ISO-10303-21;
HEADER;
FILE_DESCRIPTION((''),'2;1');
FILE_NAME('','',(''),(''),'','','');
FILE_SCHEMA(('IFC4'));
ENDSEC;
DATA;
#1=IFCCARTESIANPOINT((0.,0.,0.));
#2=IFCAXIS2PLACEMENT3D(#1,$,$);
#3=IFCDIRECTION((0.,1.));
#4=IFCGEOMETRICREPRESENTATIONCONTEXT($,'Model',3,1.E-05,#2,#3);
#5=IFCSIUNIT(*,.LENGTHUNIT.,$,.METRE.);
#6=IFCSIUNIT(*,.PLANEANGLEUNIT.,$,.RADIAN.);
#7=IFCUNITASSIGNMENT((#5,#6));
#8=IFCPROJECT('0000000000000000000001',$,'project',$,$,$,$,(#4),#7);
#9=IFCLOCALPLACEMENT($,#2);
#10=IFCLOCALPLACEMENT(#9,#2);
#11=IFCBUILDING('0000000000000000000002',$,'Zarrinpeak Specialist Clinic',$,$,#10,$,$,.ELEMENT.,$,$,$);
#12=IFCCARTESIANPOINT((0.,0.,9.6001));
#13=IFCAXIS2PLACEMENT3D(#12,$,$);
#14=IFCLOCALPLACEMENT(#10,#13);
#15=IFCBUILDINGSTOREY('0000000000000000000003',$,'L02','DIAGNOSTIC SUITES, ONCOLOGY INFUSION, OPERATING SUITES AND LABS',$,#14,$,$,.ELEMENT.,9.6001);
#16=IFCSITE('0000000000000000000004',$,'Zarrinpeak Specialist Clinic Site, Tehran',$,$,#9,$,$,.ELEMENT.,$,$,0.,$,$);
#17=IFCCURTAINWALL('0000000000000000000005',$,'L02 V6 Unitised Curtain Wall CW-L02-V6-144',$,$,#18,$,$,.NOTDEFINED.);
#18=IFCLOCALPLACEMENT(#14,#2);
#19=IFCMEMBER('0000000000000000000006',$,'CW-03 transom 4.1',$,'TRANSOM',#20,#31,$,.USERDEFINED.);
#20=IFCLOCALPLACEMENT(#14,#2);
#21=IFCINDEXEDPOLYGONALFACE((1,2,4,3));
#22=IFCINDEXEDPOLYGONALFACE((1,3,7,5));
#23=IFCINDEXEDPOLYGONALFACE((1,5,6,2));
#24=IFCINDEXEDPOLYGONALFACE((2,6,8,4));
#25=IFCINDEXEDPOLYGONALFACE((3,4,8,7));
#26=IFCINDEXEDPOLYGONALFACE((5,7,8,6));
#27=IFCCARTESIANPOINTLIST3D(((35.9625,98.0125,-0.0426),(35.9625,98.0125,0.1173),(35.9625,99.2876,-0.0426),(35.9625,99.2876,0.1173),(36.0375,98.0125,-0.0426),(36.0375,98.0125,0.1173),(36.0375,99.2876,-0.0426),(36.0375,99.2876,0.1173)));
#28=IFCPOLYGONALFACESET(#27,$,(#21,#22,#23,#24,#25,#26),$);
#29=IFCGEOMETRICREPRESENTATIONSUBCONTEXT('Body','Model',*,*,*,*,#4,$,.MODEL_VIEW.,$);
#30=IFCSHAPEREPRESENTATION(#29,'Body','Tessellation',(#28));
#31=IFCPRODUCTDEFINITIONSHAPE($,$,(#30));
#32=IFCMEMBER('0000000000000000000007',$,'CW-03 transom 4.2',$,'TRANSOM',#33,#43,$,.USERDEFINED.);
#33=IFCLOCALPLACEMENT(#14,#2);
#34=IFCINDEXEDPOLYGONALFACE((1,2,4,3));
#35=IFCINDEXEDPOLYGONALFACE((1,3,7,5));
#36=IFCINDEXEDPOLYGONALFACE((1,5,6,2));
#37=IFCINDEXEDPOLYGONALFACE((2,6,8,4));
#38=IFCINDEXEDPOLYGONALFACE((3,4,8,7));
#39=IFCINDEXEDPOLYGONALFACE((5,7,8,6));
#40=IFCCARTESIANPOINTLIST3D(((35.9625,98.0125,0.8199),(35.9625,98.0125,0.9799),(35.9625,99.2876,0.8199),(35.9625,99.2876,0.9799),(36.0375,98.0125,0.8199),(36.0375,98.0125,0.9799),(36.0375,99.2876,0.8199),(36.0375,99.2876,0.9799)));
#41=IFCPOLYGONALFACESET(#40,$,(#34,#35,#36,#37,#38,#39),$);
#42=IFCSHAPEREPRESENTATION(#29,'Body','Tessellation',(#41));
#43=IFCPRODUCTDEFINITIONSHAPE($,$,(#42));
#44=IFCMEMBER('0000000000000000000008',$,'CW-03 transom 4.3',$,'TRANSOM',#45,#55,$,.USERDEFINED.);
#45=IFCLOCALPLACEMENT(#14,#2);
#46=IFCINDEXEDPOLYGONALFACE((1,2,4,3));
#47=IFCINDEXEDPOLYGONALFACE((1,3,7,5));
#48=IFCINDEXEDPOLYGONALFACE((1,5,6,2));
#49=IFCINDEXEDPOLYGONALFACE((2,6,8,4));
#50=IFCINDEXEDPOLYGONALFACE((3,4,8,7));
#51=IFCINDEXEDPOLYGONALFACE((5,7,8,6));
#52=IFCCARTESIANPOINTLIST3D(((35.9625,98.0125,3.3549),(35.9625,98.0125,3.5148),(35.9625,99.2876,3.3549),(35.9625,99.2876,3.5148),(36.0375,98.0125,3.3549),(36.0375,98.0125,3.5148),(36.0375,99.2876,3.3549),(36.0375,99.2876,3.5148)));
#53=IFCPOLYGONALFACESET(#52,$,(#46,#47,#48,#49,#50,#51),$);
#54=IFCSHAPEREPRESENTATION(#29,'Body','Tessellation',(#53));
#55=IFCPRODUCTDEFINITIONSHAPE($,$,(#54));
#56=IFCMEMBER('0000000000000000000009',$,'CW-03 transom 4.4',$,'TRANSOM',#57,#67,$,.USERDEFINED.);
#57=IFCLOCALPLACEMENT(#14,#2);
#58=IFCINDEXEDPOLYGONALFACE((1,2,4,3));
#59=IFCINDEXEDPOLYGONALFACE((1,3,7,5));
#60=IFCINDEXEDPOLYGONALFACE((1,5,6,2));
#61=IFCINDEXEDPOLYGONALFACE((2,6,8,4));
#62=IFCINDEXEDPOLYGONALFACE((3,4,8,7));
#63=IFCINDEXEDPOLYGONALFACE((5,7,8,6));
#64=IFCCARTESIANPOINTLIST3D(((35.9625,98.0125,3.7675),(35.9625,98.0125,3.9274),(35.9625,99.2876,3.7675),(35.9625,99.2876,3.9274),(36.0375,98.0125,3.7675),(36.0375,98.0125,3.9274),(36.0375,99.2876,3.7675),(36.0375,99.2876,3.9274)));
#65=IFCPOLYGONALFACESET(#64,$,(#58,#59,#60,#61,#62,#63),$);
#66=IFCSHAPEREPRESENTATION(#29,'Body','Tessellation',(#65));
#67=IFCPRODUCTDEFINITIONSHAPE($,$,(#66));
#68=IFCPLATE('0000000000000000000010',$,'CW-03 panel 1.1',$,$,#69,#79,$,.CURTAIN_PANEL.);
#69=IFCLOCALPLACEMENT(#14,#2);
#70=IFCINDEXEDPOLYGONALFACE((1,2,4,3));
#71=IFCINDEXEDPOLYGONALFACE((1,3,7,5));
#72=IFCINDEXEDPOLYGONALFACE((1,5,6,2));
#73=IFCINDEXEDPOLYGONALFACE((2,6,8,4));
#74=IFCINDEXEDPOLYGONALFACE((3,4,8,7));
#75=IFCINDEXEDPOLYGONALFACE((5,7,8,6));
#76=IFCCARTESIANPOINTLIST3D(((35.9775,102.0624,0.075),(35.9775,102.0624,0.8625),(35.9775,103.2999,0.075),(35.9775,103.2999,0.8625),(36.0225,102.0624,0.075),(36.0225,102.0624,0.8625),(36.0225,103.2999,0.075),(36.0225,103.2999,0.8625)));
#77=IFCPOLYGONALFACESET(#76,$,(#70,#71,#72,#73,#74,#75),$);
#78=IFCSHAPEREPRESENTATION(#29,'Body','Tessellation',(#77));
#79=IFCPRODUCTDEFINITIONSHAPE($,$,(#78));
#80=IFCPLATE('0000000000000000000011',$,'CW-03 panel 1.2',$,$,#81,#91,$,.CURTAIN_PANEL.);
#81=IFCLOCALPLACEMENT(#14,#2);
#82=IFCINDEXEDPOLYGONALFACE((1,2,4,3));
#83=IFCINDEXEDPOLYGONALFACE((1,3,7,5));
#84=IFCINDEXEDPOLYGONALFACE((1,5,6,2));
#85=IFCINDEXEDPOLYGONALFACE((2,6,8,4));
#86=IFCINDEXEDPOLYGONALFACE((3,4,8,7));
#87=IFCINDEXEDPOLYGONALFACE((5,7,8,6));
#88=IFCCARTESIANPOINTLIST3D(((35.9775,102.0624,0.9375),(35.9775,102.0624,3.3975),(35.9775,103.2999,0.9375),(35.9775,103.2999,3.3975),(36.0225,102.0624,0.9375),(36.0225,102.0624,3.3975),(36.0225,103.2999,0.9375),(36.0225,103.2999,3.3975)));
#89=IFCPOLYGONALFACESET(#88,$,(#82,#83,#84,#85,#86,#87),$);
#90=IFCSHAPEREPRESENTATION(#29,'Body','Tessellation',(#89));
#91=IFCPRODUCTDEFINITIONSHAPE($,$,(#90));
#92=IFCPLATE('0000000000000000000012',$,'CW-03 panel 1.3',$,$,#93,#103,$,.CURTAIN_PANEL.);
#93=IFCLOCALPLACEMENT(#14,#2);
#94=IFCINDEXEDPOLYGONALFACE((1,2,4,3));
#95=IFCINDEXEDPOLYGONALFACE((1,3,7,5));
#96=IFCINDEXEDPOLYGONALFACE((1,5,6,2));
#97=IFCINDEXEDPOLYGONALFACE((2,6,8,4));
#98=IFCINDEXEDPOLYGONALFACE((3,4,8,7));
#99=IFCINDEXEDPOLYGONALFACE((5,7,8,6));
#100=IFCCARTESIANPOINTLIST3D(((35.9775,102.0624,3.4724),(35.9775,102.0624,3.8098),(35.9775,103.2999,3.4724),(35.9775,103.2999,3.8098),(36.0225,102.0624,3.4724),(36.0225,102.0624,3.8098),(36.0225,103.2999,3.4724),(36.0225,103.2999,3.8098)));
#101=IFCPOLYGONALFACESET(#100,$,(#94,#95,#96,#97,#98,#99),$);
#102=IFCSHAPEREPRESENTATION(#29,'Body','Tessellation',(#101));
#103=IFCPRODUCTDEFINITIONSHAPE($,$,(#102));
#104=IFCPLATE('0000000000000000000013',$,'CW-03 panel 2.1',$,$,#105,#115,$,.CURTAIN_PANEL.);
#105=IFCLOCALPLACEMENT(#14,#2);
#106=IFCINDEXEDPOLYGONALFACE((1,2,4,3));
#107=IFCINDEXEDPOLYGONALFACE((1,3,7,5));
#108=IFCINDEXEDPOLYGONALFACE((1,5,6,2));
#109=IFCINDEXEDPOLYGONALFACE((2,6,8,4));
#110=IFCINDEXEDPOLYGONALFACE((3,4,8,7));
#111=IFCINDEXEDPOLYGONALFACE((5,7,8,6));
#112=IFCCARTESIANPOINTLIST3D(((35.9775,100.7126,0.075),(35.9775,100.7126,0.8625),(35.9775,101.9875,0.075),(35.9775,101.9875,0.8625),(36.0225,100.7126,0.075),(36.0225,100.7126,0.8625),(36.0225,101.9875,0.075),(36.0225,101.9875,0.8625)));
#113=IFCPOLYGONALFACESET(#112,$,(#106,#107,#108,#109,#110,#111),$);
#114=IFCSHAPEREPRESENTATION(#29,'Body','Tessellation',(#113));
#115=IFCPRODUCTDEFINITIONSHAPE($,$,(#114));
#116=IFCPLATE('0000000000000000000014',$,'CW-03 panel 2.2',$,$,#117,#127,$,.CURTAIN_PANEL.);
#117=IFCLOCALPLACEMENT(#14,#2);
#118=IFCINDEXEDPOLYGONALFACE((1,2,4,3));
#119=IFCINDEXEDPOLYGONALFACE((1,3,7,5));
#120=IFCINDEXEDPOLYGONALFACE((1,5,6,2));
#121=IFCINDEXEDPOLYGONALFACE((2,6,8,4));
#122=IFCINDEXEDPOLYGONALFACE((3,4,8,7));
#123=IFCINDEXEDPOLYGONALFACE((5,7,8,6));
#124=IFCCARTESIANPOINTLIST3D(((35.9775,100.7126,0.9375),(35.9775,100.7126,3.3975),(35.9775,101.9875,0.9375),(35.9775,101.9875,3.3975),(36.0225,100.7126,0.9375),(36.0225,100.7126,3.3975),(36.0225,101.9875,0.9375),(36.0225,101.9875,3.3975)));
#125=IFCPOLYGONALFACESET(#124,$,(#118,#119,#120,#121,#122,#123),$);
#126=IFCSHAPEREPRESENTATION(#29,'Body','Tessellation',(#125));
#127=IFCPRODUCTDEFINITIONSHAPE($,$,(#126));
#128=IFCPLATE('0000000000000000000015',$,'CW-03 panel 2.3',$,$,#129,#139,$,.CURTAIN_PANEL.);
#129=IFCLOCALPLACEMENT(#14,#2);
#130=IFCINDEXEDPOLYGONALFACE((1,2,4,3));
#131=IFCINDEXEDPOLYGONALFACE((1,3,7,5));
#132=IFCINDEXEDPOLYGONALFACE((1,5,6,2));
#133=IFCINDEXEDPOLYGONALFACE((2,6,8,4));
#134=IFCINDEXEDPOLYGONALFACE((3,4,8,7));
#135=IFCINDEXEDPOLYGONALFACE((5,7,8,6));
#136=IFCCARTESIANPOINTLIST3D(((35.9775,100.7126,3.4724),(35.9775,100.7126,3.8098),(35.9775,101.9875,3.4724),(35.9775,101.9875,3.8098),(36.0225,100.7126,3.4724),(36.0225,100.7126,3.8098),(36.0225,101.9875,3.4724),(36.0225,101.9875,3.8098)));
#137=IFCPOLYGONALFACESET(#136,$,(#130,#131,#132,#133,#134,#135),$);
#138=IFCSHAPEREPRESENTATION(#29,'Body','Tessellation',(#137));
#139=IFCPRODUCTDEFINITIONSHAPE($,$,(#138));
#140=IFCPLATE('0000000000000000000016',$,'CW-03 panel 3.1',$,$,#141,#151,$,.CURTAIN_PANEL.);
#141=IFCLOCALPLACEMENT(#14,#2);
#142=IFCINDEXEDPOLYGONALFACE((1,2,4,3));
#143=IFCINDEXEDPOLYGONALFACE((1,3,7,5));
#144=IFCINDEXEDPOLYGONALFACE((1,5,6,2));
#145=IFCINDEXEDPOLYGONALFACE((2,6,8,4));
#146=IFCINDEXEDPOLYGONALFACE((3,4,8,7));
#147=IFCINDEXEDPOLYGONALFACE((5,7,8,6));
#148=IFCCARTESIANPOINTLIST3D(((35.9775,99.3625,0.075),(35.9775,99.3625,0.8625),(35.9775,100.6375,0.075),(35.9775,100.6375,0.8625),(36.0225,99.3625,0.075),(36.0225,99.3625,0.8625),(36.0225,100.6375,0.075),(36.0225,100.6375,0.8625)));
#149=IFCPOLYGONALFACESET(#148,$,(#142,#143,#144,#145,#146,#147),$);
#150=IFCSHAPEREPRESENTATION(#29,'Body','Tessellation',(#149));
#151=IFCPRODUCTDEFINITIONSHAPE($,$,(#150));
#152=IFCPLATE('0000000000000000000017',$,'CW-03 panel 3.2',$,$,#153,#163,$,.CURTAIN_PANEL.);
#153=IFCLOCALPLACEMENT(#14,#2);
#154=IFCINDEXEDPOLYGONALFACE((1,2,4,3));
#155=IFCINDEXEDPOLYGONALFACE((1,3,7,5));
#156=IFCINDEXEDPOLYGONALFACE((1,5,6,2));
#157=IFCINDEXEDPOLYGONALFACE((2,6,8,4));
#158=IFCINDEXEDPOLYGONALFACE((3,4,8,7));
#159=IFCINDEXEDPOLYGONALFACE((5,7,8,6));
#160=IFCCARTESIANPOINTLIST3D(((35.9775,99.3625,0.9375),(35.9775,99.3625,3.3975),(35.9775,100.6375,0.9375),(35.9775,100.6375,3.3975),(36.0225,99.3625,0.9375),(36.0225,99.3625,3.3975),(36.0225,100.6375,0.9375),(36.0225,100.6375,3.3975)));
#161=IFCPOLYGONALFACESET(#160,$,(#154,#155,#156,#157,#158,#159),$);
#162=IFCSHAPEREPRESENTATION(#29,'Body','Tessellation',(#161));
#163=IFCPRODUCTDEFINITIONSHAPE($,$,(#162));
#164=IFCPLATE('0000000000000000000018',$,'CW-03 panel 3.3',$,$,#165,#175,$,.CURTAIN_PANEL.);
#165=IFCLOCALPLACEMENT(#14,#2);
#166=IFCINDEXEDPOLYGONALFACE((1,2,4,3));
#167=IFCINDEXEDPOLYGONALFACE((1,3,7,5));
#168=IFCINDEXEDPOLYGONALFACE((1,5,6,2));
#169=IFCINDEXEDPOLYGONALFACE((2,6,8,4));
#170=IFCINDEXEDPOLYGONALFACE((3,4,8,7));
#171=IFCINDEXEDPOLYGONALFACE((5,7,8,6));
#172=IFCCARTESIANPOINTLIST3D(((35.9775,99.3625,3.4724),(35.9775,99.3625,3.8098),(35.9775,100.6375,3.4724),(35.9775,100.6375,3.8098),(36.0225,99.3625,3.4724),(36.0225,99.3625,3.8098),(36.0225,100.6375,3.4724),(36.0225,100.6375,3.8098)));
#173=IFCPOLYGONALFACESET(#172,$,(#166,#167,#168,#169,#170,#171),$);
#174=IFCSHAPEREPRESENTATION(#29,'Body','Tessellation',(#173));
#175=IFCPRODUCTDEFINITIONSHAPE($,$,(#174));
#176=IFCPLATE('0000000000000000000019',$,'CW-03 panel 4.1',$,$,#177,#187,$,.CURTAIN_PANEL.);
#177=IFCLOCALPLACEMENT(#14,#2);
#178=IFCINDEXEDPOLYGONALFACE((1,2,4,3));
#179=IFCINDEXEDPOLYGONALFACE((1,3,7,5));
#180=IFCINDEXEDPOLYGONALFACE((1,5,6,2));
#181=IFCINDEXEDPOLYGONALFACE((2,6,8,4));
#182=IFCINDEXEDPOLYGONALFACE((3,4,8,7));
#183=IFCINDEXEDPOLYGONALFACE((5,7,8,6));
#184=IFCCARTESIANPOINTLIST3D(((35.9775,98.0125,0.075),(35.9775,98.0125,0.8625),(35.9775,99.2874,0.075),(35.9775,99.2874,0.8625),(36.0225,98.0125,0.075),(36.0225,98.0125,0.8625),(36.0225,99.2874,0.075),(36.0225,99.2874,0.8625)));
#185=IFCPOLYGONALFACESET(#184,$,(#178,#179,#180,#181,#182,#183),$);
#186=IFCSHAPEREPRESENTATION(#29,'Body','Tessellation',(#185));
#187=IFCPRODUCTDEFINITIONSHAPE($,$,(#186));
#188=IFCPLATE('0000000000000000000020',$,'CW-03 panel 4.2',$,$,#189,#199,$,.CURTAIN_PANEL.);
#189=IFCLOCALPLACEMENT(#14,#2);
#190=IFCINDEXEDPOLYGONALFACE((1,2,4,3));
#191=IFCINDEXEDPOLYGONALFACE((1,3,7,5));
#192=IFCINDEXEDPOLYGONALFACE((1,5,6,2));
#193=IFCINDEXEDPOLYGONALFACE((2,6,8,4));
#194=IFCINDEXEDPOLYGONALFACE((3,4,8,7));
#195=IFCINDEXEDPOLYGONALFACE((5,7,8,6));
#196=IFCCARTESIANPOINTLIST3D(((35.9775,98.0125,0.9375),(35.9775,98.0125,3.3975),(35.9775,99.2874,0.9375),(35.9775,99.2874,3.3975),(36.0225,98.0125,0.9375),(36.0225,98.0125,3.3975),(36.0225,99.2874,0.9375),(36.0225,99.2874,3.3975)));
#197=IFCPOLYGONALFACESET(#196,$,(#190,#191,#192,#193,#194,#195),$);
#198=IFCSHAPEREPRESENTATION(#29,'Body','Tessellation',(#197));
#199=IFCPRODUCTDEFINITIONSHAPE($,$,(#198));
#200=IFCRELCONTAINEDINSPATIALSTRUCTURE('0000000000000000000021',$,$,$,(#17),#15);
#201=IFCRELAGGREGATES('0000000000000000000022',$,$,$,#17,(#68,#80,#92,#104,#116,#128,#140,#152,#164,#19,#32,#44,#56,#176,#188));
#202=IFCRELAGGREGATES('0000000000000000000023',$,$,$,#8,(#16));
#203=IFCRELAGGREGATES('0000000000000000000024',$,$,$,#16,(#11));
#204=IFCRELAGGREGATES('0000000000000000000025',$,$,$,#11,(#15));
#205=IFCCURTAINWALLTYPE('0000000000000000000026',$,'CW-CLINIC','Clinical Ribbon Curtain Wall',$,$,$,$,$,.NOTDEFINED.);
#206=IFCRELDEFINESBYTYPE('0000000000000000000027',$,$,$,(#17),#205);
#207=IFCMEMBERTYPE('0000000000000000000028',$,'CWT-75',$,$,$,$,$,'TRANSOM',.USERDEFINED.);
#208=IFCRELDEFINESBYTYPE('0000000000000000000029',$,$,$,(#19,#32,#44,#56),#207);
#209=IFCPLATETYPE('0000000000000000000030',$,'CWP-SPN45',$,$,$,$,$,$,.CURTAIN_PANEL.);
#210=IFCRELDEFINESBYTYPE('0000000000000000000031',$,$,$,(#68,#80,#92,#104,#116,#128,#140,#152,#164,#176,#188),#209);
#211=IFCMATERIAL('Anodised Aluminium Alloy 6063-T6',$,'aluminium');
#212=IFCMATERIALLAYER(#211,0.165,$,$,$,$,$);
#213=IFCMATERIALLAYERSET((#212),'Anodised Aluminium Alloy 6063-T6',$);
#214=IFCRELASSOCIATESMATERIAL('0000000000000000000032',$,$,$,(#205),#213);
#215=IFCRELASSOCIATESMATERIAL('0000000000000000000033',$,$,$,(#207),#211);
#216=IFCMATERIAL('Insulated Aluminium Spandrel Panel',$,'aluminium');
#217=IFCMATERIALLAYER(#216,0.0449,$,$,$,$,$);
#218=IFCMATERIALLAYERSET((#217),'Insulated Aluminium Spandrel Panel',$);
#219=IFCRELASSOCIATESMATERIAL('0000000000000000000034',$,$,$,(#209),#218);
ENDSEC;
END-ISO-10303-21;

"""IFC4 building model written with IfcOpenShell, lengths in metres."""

from ifc_helpers import new_model, si_unit, direction, frame, origin, origin_2d, place, context, subcontext, project, spatial, rectangle, extrude, material, layer, layer_set, material_profile, profile_set, type_object, element, aggregate, save


model = new_model("IFC4")

# Units and contexts
model_context = context("Model", 3, precision=1e-05, world=origin(), true_north=direction((0.0, 1.0)))
body_context = subcontext(model_context, "Body", "Model", "MODEL_VIEW")
ifc_project = project(units=[si_unit("LENGTHUNIT", "METRE"), si_unit("PLANEANGLEUNIT", "RADIAN")], contexts=[model_context])

# Site, building, storey
site_placement = place(None, origin())
site = spatial("IfcSite", under=ifc_project, at=site_placement, Name="Zarrinpeak Specialist Clinic Site, Tehran", CompositionType="ELEMENT", RefElevation=0.0)
building_placement = place(site_placement, origin())
building = spatial("IfcBuilding", under=site, at=building_placement, Name="Zarrinpeak Specialist Clinic", CompositionType="ELEMENT")
storey_placement = place(building_placement, frame((0.0, 0.0, 9.6001)))
storey = spatial("IfcBuildingStorey", under=building, at=storey_placement, Name="L02", Description="DIAGNOSTIC SUITES, ONCOLOGY INFUSION, OPERATING SUITES AND LABS", CompositionType="ELEMENT", Elevation=9.6001)

# Curtain wall, members, plates
ifc_material_1 = material(Name="Anodised Aluminium Alloy 6063-T6", Category="aluminium")
ifc_layer_1 = layer(ifc_material_1, 0.165)
ifc_layer_set_1 = layer_set([ifc_layer_1], Name="Anodised Aluminium Alloy 6063-T6")
curtain_wall_type = type_object("IfcCurtainWallType", Name="CW-CLINIC", Description="Clinical Ribbon Curtain Wall", PredefinedType="NOTDEFINED", material=ifc_layer_set_1)
curtain_wall_placement = place(storey_placement, origin())
curtain_wall = element("IfcCurtainWall", 1, at=curtain_wall_placement, inside=storey, type_object=curtain_wall_type, Name="L02 V6 Unitised Curtain Wall CW-L02-V6-144", PredefinedType="NOTDEFINED")
ifc_material_profile_1 = material_profile(ifc_material_1, rectangle(XDim=0.075, YDim=0.1599, at=origin_2d()), Name="ALU 75x160")
ifc_profile_set_1 = profile_set([ifc_material_profile_1], Name="Anodised Aluminium Alloy 6063-T6")
member_type_1 = type_object("IfcMemberType", Name="CWT-75", ElementType="TRANSOM", PredefinedType="USERDEFINED", material=ifc_profile_set_1)
member_1_placement = place(storey_placement, frame((36.0, 99.2876, 0.0374), z_axis=(0.0, -1.0, 0.0), x_axis=(1.0, 0.0, 0.0)))
member_1 = element("IfcMember", 2, at=member_1_placement, type_object=member_type_1, Name="CW-03 transom 4.1", ObjectType="TRANSOM", PredefinedType="USERDEFINED", context=body_context, shape_type="SweptSolid", body=[
    extrude(rectangle(XDim=0.075, YDim=0.1599, at=origin_2d()), origin(), (0.0, 0.0, 1.0), 1.2751),
])
member_2_placement = place(storey_placement, frame((36.0, 99.2876, 0.8999), z_axis=(0.0, -1.0, 0.0), x_axis=(1.0, 0.0, 0.0)))
member_2 = element("IfcMember", 3, at=member_2_placement, type_object=member_type_1, Name="CW-03 transom 4.2", ObjectType="TRANSOM", PredefinedType="USERDEFINED", context=body_context, shape_type="SweptSolid", body=[
    extrude(rectangle(XDim=0.075, YDim=0.1599, at=origin_2d()), origin(), (0.0, 0.0, 1.0), 1.2751),
])
member_3_placement = place(storey_placement, frame((36.0, 99.2876, 3.4348), z_axis=(0.0, -1.0, 0.0), x_axis=(1.0, 0.0, 0.0)))
member_3 = element("IfcMember", 4, at=member_3_placement, type_object=member_type_1, Name="CW-03 transom 4.3", ObjectType="TRANSOM", PredefinedType="USERDEFINED", context=body_context, shape_type="SweptSolid", body=[
    extrude(rectangle(XDim=0.075, YDim=0.1599, at=origin_2d()), origin(), (0.0, 0.0, 1.0), 1.2751),
])
member_4_placement = place(storey_placement, frame((36.0, 99.2876, 3.8474), z_axis=(0.0, -1.0, 0.0), x_axis=(1.0, 0.0, 0.0)))
member_4 = element("IfcMember", 5, at=member_4_placement, type_object=member_type_1, Name="CW-03 transom 4.4", ObjectType="TRANSOM", PredefinedType="USERDEFINED", context=body_context, shape_type="SweptSolid", body=[
    extrude(rectangle(XDim=0.075, YDim=0.1599, at=origin_2d()), origin(), (0.0, 0.0, 1.0), 1.2751),
])
ifc_material_2 = material(Name="Insulated Aluminium Spandrel Panel", Category="aluminium")
ifc_layer_2 = layer(ifc_material_2, 0.0449)
ifc_layer_set_2 = layer_set([ifc_layer_2], Name="Insulated Aluminium Spandrel Panel")
plate_type = type_object("IfcPlateType", Name="CWP-SPN45", PredefinedType="CURTAIN_PANEL", material=ifc_layer_set_2)
plate_1_placement = place(storey_placement, frame((36.0, 102.6812, 0.075), z_axis=(0.0, 0.0, 1.0), x_axis=(0.0, -1.0, 0.0)))
plate_1 = element("IfcPlate", 6, at=plate_1_placement, type_object=plate_type, Name="CW-03 panel 1.1", PredefinedType="CURTAIN_PANEL", context=body_context, shape_type="SweptSolid", body=[
    extrude(rectangle(XDim=1.2375, YDim=0.0449, at=origin_2d()), origin(), (0.0, 0.0, 1.0), 0.7876),
])
plate_2_placement = place(storey_placement, frame((36.0, 102.6812, 0.9375), z_axis=(0.0, 0.0, 1.0), x_axis=(0.0, -1.0, 0.0)))
plate_2 = element("IfcPlate", 7, at=plate_2_placement, type_object=plate_type, Name="CW-03 panel 1.2", PredefinedType="CURTAIN_PANEL", context=body_context, shape_type="SweptSolid", body=[
    extrude(rectangle(XDim=1.2375, YDim=0.0449, at=origin_2d()), origin(), (0.0, 0.0, 1.0), 2.46),
])
plate_3_placement = place(storey_placement, frame((36.0, 102.6812, 3.4724), z_axis=(0.0, 0.0, 1.0), x_axis=(0.0, -1.0, 0.0)))
plate_3 = element("IfcPlate", 8, at=plate_3_placement, type_object=plate_type, Name="CW-03 panel 1.3", PredefinedType="CURTAIN_PANEL", context=body_context, shape_type="SweptSolid", body=[
    extrude(rectangle(XDim=1.2375, YDim=0.0449, at=origin_2d()), origin(), (0.0, 0.0, 1.0), 0.3374),
])
plate_4_placement = place(storey_placement, frame((36.0, 101.3501, 0.075), z_axis=(0.0, 0.0, 1.0), x_axis=(0.0, -1.0, 0.0)))
plate_4 = element("IfcPlate", 9, at=plate_4_placement, type_object=plate_type, Name="CW-03 panel 2.1", PredefinedType="CURTAIN_PANEL", context=body_context, shape_type="SweptSolid", body=[
    extrude(rectangle(XDim=1.2749, YDim=0.0449, at=origin_2d()), origin(), (0.0, 0.0, 1.0), 0.7876),
])
plate_5_placement = place(storey_placement, frame((36.0, 101.3501, 0.9375), z_axis=(0.0, 0.0, 1.0), x_axis=(0.0, -1.0, 0.0)))
plate_5 = element("IfcPlate", 10, at=plate_5_placement, type_object=plate_type, Name="CW-03 panel 2.2", PredefinedType="CURTAIN_PANEL", context=body_context, shape_type="SweptSolid", body=[
    extrude(rectangle(XDim=1.2749, YDim=0.0449, at=origin_2d()), origin(), (0.0, 0.0, 1.0), 2.46),
])
plate_6_placement = place(storey_placement, frame((36.0, 101.3501, 3.4724), z_axis=(0.0, 0.0, 1.0), x_axis=(0.0, -1.0, 0.0)))
plate_6 = element("IfcPlate", 11, at=plate_6_placement, type_object=plate_type, Name="CW-03 panel 2.3", PredefinedType="CURTAIN_PANEL", context=body_context, shape_type="SweptSolid", body=[
    extrude(rectangle(XDim=1.2749, YDim=0.0449, at=origin_2d()), origin(), (0.0, 0.0, 1.0), 0.3374),
])
plate_7_placement = place(storey_placement, frame((36.0, 100.0, 0.075), z_axis=(0.0, 0.0, 1.0), x_axis=(0.0, -1.0, 0.0)))
plate_7 = element("IfcPlate", 12, at=plate_7_placement, type_object=plate_type, Name="CW-03 panel 3.1", PredefinedType="CURTAIN_PANEL", context=body_context, shape_type="SweptSolid", body=[
    extrude(rectangle(XDim=1.2749, YDim=0.0449, at=origin_2d()), origin(), (0.0, 0.0, 1.0), 0.7876),
])
plate_8_placement = place(storey_placement, frame((36.0, 100.0, 0.9375), z_axis=(0.0, 0.0, 1.0), x_axis=(0.0, -1.0, 0.0)))
plate_8 = element("IfcPlate", 13, at=plate_8_placement, type_object=plate_type, Name="CW-03 panel 3.2", PredefinedType="CURTAIN_PANEL", context=body_context, shape_type="SweptSolid", body=[
    extrude(rectangle(XDim=1.2749, YDim=0.0449, at=origin_2d()), origin(), (0.0, 0.0, 1.0), 2.46),
])
plate_9_placement = place(storey_placement, frame((36.0, 100.0, 3.4724), z_axis=(0.0, 0.0, 1.0), x_axis=(0.0, -1.0, 0.0)))
plate_9 = element("IfcPlate", 14, at=plate_9_placement, type_object=plate_type, Name="CW-03 panel 3.3", PredefinedType="CURTAIN_PANEL", context=body_context, shape_type="SweptSolid", body=[
    extrude(rectangle(XDim=1.2749, YDim=0.0449, at=origin_2d()), origin(), (0.0, 0.0, 1.0), 0.3374),
])
plate_10_placement = place(storey_placement, frame((36.0, 98.6499, 0.075), z_axis=(0.0, 0.0, 1.0), x_axis=(0.0, -1.0, 0.0)))
plate_10 = element("IfcPlate", 15, at=plate_10_placement, type_object=plate_type, Name="CW-03 panel 4.1", PredefinedType="CURTAIN_PANEL", context=body_context, shape_type="SweptSolid", body=[
    extrude(rectangle(XDim=1.2749, YDim=0.0449, at=origin_2d()), origin(), (0.0, 0.0, 1.0), 0.7876),
])
plate_11_placement = place(storey_placement, frame((36.0, 98.6499, 0.9375), z_axis=(0.0, 0.0, 1.0), x_axis=(0.0, -1.0, 0.0)))
plate_11 = element("IfcPlate", 16, at=plate_11_placement, type_object=plate_type, Name="CW-03 panel 4.2", PredefinedType="CURTAIN_PANEL", context=body_context, shape_type="SweptSolid", body=[
    extrude(rectangle(XDim=1.2749, YDim=0.0449, at=origin_2d()), origin(), (0.0, 0.0, 1.0), 2.46),
])
aggregate(curtain_wall, [plate_1, plate_2, plate_3, plate_4, plate_5, plate_6, plate_7, plate_8, plate_9, member_1, member_2, member_3, member_4, plate_10, plate_11])

save(model, "model.ifc")
